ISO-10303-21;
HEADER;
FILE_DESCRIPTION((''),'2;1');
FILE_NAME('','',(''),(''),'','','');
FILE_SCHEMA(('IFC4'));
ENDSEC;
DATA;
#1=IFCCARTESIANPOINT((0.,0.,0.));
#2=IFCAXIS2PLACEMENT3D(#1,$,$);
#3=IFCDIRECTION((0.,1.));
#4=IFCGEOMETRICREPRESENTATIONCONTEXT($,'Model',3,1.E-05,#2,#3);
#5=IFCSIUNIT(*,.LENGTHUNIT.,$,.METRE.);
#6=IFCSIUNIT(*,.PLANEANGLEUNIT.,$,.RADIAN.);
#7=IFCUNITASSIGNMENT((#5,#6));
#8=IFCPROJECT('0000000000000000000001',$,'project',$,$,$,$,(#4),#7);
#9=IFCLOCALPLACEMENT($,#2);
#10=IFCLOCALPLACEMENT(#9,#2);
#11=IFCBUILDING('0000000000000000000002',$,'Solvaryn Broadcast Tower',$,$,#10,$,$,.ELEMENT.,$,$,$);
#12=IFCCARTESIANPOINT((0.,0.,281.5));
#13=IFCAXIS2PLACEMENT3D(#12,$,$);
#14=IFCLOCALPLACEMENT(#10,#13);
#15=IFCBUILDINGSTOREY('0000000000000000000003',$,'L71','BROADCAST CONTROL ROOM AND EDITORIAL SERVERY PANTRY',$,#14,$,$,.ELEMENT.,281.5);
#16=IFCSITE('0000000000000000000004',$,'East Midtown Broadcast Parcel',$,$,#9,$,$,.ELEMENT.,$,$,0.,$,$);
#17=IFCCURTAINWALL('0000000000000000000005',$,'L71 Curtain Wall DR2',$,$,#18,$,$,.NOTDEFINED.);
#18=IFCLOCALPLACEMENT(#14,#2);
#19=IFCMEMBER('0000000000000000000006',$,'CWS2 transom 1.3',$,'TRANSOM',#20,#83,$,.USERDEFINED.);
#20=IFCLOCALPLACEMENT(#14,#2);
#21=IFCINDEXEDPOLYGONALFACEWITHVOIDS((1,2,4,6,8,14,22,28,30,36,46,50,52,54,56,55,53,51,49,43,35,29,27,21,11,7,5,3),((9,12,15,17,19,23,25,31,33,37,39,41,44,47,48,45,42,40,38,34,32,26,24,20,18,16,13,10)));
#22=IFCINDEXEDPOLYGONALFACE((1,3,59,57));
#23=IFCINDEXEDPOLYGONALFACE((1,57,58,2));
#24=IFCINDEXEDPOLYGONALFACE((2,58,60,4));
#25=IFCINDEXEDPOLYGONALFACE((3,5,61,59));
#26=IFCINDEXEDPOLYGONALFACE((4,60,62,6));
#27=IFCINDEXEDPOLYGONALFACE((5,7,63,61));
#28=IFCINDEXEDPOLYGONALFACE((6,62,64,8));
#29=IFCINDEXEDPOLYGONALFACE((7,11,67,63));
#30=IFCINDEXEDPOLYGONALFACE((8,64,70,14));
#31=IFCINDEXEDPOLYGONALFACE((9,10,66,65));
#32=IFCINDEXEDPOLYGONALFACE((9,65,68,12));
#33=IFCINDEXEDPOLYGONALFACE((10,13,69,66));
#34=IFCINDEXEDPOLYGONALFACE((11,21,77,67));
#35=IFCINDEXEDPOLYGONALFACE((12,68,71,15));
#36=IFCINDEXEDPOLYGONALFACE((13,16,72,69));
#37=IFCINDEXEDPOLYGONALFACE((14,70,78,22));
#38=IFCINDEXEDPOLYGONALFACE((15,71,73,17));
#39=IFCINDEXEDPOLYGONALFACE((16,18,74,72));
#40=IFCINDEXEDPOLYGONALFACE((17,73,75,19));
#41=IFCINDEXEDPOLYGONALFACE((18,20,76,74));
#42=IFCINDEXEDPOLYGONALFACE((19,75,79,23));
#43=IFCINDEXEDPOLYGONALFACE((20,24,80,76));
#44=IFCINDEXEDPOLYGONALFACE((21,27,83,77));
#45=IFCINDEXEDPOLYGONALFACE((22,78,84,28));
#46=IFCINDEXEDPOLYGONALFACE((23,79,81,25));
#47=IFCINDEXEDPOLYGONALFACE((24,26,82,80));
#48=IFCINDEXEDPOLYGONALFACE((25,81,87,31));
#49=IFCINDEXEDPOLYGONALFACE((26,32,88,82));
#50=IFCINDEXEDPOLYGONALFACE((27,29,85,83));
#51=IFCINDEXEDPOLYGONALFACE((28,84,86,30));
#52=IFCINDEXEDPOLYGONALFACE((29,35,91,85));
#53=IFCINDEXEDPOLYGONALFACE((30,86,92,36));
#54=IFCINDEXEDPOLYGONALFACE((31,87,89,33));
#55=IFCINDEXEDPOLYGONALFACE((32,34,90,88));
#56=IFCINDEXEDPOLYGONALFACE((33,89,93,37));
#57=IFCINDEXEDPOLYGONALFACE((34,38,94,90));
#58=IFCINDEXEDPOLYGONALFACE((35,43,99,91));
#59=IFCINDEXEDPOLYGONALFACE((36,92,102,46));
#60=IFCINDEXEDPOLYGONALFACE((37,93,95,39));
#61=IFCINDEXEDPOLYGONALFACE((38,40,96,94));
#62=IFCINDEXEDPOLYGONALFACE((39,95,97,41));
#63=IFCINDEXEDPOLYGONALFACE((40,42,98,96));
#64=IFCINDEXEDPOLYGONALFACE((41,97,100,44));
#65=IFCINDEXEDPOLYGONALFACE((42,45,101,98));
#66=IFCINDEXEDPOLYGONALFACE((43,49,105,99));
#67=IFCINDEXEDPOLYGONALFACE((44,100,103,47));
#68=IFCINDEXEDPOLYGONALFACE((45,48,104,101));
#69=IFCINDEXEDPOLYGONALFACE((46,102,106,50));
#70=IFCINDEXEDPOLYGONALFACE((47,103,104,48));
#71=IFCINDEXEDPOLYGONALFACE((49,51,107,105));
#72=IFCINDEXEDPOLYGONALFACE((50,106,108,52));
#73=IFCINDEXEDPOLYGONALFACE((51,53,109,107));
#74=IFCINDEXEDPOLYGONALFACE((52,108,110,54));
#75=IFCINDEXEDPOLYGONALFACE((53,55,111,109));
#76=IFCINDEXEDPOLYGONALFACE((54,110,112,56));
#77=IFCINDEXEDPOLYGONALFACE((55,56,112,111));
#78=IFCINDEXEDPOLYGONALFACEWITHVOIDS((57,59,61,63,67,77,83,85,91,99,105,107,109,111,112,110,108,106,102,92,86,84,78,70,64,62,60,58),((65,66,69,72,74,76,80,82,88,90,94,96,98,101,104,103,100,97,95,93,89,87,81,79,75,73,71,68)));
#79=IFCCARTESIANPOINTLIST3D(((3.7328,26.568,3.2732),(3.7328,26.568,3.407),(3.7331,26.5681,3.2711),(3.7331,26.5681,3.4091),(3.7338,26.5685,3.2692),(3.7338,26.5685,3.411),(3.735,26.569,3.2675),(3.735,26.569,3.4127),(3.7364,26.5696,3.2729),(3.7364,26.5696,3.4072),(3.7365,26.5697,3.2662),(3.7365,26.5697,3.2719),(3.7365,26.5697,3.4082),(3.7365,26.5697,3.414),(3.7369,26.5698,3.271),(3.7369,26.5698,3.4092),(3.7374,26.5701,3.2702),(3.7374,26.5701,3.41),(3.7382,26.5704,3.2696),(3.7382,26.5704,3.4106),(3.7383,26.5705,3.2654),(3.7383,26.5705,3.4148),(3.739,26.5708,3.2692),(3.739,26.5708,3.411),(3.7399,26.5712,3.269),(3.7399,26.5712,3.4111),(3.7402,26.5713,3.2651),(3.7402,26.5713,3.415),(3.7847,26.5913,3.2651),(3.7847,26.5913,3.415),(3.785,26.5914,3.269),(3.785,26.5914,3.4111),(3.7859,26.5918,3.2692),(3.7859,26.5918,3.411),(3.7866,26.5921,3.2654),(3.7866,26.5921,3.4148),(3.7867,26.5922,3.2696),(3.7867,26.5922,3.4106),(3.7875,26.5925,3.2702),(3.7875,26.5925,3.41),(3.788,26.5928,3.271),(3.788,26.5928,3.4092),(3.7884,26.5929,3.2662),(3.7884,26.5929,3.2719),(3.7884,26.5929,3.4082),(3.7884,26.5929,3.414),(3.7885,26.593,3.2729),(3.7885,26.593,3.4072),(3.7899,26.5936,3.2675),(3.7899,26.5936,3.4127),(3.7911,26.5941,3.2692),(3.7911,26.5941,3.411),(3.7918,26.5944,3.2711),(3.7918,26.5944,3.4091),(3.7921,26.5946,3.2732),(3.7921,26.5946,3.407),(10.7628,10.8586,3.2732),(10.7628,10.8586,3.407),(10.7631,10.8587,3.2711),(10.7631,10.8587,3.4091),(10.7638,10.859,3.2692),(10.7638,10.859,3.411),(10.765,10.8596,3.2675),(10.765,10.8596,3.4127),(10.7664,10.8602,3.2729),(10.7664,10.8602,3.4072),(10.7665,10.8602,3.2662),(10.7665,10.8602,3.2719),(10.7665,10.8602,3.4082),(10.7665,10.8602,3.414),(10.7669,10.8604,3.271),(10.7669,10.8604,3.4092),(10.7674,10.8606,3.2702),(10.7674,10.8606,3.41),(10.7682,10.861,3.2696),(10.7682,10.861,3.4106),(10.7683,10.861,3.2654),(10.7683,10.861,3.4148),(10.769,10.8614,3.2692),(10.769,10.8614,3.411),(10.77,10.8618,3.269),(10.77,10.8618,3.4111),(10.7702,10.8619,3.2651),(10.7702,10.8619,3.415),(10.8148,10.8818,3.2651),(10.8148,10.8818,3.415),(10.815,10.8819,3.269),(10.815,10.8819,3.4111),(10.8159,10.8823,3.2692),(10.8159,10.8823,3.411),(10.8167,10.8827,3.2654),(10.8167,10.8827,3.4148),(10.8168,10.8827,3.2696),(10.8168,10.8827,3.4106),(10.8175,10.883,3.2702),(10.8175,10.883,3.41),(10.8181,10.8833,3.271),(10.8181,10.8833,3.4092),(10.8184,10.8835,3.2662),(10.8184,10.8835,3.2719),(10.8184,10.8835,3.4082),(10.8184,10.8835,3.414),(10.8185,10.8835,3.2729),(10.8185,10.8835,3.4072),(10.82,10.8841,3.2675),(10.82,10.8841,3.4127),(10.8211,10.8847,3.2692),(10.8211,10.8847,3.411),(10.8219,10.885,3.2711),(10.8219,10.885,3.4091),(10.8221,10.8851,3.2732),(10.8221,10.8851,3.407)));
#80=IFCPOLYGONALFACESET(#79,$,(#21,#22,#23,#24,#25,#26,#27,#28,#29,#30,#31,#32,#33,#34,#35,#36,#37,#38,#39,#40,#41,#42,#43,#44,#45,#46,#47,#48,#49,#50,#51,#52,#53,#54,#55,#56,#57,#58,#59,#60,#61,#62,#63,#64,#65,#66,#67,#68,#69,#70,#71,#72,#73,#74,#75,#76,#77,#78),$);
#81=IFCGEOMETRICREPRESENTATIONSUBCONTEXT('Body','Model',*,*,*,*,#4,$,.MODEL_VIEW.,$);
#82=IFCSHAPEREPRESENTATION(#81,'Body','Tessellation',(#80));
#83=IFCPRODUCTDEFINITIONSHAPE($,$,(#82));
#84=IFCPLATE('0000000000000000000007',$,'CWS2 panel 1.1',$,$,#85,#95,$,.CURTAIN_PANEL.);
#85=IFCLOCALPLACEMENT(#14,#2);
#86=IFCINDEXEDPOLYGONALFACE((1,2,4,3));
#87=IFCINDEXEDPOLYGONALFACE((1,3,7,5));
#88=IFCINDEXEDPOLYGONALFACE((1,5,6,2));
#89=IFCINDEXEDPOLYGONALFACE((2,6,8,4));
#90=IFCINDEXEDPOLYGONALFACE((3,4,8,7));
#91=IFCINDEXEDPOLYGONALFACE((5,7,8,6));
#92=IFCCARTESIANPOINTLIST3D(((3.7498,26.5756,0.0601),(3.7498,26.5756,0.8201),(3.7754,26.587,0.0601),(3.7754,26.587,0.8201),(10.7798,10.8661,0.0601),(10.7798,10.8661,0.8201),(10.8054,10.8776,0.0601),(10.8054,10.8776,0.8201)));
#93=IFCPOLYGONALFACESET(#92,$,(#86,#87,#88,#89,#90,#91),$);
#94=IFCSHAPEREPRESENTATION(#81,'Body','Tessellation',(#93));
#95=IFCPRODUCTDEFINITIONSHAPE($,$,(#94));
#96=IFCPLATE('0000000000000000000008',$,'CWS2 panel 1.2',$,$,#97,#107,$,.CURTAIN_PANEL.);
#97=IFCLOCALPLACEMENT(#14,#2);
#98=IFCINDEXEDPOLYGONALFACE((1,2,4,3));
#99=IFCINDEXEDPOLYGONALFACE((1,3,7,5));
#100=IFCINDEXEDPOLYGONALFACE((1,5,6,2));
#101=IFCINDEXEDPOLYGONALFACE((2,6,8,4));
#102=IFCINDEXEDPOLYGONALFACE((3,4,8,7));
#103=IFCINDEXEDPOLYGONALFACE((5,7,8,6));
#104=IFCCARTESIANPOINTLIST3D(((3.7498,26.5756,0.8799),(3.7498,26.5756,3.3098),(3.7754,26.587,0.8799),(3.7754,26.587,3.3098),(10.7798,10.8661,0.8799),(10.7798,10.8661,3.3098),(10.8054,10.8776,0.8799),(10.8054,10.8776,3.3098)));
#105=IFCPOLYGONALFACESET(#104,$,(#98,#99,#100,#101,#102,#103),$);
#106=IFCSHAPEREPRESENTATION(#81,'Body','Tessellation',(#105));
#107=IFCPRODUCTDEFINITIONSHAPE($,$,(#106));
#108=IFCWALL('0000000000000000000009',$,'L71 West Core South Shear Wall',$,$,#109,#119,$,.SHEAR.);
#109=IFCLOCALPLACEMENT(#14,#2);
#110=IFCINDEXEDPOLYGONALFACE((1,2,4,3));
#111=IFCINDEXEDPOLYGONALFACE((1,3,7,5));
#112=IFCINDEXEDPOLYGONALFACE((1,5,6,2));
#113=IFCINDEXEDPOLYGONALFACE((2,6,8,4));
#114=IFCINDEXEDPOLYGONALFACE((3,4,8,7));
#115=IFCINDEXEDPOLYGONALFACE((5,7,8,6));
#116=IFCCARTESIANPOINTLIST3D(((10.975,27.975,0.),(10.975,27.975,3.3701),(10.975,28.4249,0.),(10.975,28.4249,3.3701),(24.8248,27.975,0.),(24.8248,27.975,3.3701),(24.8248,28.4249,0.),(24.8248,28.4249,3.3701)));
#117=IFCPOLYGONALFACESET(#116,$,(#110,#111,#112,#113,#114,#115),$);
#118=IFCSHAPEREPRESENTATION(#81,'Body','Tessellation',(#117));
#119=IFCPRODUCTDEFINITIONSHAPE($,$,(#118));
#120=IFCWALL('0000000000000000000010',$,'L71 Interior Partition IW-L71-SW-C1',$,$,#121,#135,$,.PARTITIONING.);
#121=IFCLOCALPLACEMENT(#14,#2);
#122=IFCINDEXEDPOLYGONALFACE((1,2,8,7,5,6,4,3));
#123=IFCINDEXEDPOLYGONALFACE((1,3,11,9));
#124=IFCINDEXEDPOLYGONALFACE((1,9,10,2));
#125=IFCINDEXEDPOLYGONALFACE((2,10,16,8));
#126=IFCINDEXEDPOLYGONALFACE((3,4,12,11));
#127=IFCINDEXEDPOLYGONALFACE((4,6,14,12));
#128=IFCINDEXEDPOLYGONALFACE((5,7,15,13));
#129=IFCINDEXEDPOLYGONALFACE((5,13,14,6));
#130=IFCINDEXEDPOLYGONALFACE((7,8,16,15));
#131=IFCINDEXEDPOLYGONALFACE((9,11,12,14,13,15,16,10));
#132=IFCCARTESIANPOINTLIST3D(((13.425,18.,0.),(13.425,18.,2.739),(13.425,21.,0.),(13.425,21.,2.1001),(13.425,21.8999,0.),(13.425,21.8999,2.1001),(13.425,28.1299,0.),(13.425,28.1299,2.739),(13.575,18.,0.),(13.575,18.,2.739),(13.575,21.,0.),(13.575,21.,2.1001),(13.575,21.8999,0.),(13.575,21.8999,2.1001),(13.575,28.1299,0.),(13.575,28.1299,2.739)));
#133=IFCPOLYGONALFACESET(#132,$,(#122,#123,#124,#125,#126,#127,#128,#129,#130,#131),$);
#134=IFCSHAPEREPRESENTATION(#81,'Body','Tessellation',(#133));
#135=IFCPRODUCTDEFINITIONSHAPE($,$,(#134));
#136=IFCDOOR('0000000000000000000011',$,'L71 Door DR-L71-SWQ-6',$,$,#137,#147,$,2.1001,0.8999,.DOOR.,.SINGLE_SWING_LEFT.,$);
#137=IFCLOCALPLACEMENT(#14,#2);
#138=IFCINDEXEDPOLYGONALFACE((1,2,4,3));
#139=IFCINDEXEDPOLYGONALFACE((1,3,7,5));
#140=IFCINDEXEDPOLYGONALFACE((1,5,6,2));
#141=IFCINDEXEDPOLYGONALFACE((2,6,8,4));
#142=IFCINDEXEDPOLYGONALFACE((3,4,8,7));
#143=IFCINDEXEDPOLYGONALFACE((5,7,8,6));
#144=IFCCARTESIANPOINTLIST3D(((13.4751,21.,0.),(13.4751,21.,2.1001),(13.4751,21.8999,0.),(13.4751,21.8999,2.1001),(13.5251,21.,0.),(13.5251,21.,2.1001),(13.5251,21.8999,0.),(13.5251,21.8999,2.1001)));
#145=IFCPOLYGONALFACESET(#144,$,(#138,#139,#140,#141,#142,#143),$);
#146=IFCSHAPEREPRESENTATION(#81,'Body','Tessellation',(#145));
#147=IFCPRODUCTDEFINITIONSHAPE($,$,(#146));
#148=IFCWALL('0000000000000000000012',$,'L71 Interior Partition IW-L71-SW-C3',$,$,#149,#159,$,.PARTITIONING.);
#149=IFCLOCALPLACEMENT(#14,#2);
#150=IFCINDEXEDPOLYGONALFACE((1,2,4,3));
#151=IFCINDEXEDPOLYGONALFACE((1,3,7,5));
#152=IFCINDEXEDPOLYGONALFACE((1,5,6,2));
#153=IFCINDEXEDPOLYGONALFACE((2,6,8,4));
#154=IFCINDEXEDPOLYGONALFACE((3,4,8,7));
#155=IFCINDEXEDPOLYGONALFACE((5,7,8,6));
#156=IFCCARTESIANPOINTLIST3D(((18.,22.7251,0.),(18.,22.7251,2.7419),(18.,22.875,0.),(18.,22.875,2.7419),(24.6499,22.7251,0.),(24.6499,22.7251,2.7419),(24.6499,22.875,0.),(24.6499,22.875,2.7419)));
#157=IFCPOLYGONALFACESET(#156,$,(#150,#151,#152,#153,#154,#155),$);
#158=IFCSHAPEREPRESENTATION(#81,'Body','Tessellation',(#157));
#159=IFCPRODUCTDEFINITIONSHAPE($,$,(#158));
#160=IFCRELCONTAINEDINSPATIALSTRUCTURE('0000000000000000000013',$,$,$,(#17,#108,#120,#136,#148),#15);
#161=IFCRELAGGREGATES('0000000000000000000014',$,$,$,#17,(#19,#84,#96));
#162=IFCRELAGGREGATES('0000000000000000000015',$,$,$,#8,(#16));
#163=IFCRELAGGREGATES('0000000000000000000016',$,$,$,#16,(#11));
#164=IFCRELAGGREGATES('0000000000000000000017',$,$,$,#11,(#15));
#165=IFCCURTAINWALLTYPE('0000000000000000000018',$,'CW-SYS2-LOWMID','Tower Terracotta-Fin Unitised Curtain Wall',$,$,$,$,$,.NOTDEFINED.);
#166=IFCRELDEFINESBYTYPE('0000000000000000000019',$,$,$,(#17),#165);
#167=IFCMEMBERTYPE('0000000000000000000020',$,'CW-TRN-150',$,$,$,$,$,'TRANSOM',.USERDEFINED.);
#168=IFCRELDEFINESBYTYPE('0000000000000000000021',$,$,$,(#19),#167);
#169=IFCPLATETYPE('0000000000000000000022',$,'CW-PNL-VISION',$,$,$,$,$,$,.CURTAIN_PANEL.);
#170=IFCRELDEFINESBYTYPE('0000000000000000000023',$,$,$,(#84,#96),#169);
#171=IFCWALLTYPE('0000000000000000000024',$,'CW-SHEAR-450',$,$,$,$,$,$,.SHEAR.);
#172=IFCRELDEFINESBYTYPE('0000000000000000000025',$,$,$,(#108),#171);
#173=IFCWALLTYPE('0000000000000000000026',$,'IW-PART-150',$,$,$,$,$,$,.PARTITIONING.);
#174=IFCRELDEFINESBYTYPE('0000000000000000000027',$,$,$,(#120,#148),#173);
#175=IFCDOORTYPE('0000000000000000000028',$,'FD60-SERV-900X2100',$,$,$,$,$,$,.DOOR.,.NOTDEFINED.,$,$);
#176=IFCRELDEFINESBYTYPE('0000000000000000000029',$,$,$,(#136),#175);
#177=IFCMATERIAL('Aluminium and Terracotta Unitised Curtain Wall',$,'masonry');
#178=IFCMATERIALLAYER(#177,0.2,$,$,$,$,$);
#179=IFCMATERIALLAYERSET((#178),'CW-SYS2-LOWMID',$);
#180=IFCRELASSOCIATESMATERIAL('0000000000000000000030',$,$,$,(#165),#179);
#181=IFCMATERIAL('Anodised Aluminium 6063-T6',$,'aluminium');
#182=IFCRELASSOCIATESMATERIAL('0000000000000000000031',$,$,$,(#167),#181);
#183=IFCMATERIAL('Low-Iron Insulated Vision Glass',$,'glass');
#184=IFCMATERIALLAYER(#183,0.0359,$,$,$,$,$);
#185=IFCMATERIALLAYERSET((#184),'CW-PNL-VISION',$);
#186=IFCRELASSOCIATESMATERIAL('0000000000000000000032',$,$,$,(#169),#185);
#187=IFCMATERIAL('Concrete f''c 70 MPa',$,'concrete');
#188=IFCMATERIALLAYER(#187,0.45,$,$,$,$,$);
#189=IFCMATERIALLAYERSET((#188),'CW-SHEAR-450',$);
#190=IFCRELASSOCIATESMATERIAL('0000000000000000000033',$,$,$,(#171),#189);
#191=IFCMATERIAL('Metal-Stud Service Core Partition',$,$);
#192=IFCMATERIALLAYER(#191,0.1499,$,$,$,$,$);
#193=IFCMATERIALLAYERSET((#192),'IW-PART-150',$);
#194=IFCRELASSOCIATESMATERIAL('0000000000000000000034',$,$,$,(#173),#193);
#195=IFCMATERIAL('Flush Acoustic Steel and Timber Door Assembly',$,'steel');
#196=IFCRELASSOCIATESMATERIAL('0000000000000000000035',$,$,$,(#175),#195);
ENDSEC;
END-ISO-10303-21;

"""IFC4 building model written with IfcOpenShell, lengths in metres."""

from ifc_helpers import new_model, si_unit, direction, frame, frame_2d, origin, origin_2d, place, context, subcontext, project, spatial, rectangle, hollow_rectangle, extrude, material, layer, layer_set, material_profile, profile_set, type_object, element, fill, aggregate, save


model = new_model("IFC4")

# Units and contexts
model_context = context("Model", 3, precision=1e-05, world=origin(), true_north=direction((0.0, 1.0)))
body_context = subcontext(model_context, "Body", "Model", "MODEL_VIEW")
ifc_project = project(units=[si_unit("LENGTHUNIT", "METRE"), si_unit("PLANEANGLEUNIT", "RADIAN")], contexts=[model_context])

# Site, building, storey
site_placement = place(None, origin())
site = spatial("IfcSite", under=ifc_project, at=site_placement, Name="East Midtown Broadcast Parcel", CompositionType="ELEMENT", RefElevation=0.0)
building_placement = place(site_placement, origin())
building = spatial("IfcBuilding", under=site, at=building_placement, Name="Solvaryn Broadcast Tower", CompositionType="ELEMENT")
storey_placement = place(building_placement, frame((0.0, 0.0, 281.5)))
storey = spatial("IfcBuildingStorey", under=building, at=storey_placement, Name="L71", Description="BROADCAST CONTROL ROOM AND EDITORIAL SERVERY PANTRY", CompositionType="ELEMENT", Elevation=281.5)

# Shared definitions
ifc_material_1 = material(Name="Aluminium and Terracotta Unitised Curtain Wall", Category="masonry")
ifc_layer_1 = layer(ifc_material_1, 0.2)
ifc_layer_set_1 = layer_set([ifc_layer_1], Name="CW-SYS2-LOWMID")
curtain_wall_type = type_object("IfcCurtainWallType", Name="CW-SYS2-LOWMID", Description="Tower Terracotta-Fin Unitised Curtain Wall", PredefinedType="NOTDEFINED", material=ifc_layer_set_1)

# Curtain wall, member, plates
curtain_wall_1_placement = place(storey_placement, origin())
curtain_wall_1 = element("IfcCurtainWall", 1, at=curtain_wall_1_placement, inside=storey, type_object=curtain_wall_type, Name="L71 Curtain Wall DR2", PredefinedType="NOTDEFINED")
ifc_material_2 = material(Name="Anodised Aluminium 6063-T6", Category="aluminium")
ifc_material_profile_1 = material_profile(ifc_material_2, hollow_rectangle(XDim=0.0649, YDim=0.1499, WallThickness=0.0039, InnerFilletRadius=0.0039, OuterFilletRadius=0.0081, at=origin_2d()))
ifc_profile_set_1 = profile_set([ifc_material_profile_1], Name="Anodised Aluminium 6063-T6")
member_type_1 = type_object("IfcMemberType", Name="CW-TRN-150", ElementType="TRANSOM", PredefinedType="USERDEFINED", material=ifc_profile_set_1)
member_1_placement = place(storey_placement, frame((3.7625, 26.5813, 3.3401), z_axis=(0.408468, -0.912773, 0.0), x_axis=(0.912773, 0.408468, 0.0)))
member_1 = element("IfcMember", 2, at=member_1_placement, type_object=member_type_1, Name="CWS2 transom 1.3", ObjectType="TRANSOM", PredefinedType="USERDEFINED", context=body_context, shape_type="SweptSolid", body=[
    extrude(hollow_rectangle(XDim=0.0649, YDim=0.1499, WallThickness=0.0039, InnerFilletRadius=0.0039, OuterFilletRadius=0.0081, at=origin_2d()), origin(), (0.0, 0.0, 1.0), 17.2107),
])
ifc_material_3 = material(Name="Low-Iron Insulated Vision Glass", Category="glass")
ifc_layer_2 = layer(ifc_material_3, 0.0359)
ifc_layer_set_2 = layer_set([ifc_layer_2], Name="CW-PNL-VISION")
plate_type = type_object("IfcPlateType", Name="CW-PNL-VISION", PredefinedType="CURTAIN_PANEL", material=ifc_layer_set_2)
plate_1_placement = place(storey_placement, frame((7.2776, 18.7266, 0.0601), z_axis=(0.0, 0.0, 1.0), x_axis=(0.408466, -0.912774, 0.0)))
plate_1 = element("IfcPlate", 3, at=plate_1_placement, type_object=plate_type, Name="CWS2 panel 1.1", PredefinedType="CURTAIN_PANEL", context=body_context, shape_type="SweptSolid", body=[
    extrude(rectangle(XDim=17.2107, YDim=0.0281, at=origin_2d()), origin(), (0.0, 0.0, 1.0), 0.76),
])
plate_2_placement = place(storey_placement, frame((7.2776, 18.7266, 0.8799), z_axis=(0.0, 0.0, 1.0), x_axis=(0.408466, -0.912774, 0.0)))
plate_2 = element("IfcPlate", 4, at=plate_2_placement, type_object=plate_type, Name="CWS2 panel 1.2", PredefinedType="CURTAIN_PANEL", context=body_context, shape_type="SweptSolid", body=[
    extrude(rectangle(XDim=17.2107, YDim=0.0281, at=origin_2d()), origin(), (0.0, 0.0, 1.0), 2.4299),
])
aggregate(curtain_wall_1, [member_1, plate_1, plate_2])

# Wall
ifc_material_4 = material(Name="Concrete f'c 70 MPa", Category="concrete")
ifc_layer_3 = layer(ifc_material_4, 0.45)
ifc_layer_set_3 = layer_set([ifc_layer_3], Name="CW-SHEAR-450")
wall_type_1 = type_object("IfcWallType", Name="CW-SHEAR-450", PredefinedType="SHEAR", material=ifc_layer_set_3)
wall_1_placement = place(storey_placement, frame((10.9751, 28.2, 0.0), z_axis=(0.0, 0.0, 1.0), x_axis=(1.0, 0.0, 0.0)))
element("IfcWall", 5, at=wall_1_placement, inside=storey, type_object=wall_type_1, Name="L71 West Core South Shear Wall", PredefinedType="SHEAR", context=body_context, shape_type="SweptSolid", body=[
    extrude(rectangle(XDim=13.8499, YDim=0.45, at=frame_2d((6.9248, 0.0))), origin(), (0.0, 0.0, 1.0), 3.3701),
])

# Wall, opening, door
ifc_material_5 = material(Name="Metal-Stud Service Core Partition")
ifc_layer_4 = layer(ifc_material_5, 0.1499)
ifc_layer_set_4 = layer_set([ifc_layer_4], Name="IW-PART-150")
wall_type_2 = type_object("IfcWallType", Name="IW-PART-150", PredefinedType="PARTITIONING", material=ifc_layer_set_4)
wall_2_placement = place(storey_placement, frame((13.5, 18.0, 0.0), z_axis=(0.0, 0.0, 1.0), x_axis=(0.0, 1.0, 0.0)))
wall_2 = element("IfcWall", 6, at=wall_2_placement, inside=storey, type_object=wall_type_2, Name="L71 Interior Partition IW-L71-SW-C1", PredefinedType="PARTITIONING", context=body_context, shape_type="SweptSolid", body=[
    extrude(rectangle(XDim=10.1299, YDim=0.1499, at=frame_2d((5.0649, 0.0))), origin(), (0.0, 0.0, 1.0), 2.739),
])
opening_1_placement = place(wall_2_placement, frame((3.0, 0.0, 0.0)))
opening_1 = element("IfcOpeningElement", 7, at=opening_1_placement, cuts=wall_2, PredefinedType="OPENING", context=body_context, shape_type="SweptSolid", body=[
    extrude(rectangle(XDim=0.8999, YDim=2.1001, at=frame_2d((0.45, 1.05))), frame((0.0, 0.085, 0.0), z_axis=(0.0, -1.0, 0.0), x_axis=(1.0, 0.0, 0.0)), (0.0, 0.0, 1.0), 0.1699),
])
ifc_material_6 = material(Name="Flush Acoustic Steel and Timber Door Assembly", Category="steel")
door_type_1 = type_object("IfcDoorType", Name="FD60-SERV-900X2100", OperationType="NOTDEFINED", PredefinedType="DOOR", material=ifc_material_6)
door_1_placement = place(opening_1_placement, origin())
door_1 = element("IfcDoor", 8, at=door_1_placement, inside=storey, type_object=door_type_1, Name="L71 Door DR-L71-SWQ-6", OperationType="SINGLE_SWING_LEFT", OverallHeight=2.1001, OverallWidth=0.8999, PredefinedType="DOOR", context=body_context, shape_type="SweptSolid", body=[
    extrude(rectangle(XDim=0.8999, YDim=2.1001, at=frame_2d((0.45, 1.05))), frame((0.0, 0.0249, 0.0), z_axis=(0.0, -1.0, 0.0), x_axis=(1.0, 0.0, 0.0)), (0.0, 0.0, 1.0), 0.05),
])
fill(opening_1, door_1)

# Wall
wall_3_placement = place(storey_placement, frame((18.0, 22.8, 0.0), z_axis=(0.0, 0.0, 1.0), x_axis=(1.0, 0.0, 0.0)))
element("IfcWall", 9, at=wall_3_placement, inside=storey, type_object=wall_type_2, Name="L71 Interior Partition IW-L71-SW-C3", PredefinedType="PARTITIONING", context=body_context, shape_type="SweptSolid", body=[
    extrude(rectangle(XDim=6.6499, YDim=0.1499, at=frame_2d((3.325, 0.0))), origin(), (0.0, 0.0, 1.0), 2.7419),
])

save(model, "model.ifc")
